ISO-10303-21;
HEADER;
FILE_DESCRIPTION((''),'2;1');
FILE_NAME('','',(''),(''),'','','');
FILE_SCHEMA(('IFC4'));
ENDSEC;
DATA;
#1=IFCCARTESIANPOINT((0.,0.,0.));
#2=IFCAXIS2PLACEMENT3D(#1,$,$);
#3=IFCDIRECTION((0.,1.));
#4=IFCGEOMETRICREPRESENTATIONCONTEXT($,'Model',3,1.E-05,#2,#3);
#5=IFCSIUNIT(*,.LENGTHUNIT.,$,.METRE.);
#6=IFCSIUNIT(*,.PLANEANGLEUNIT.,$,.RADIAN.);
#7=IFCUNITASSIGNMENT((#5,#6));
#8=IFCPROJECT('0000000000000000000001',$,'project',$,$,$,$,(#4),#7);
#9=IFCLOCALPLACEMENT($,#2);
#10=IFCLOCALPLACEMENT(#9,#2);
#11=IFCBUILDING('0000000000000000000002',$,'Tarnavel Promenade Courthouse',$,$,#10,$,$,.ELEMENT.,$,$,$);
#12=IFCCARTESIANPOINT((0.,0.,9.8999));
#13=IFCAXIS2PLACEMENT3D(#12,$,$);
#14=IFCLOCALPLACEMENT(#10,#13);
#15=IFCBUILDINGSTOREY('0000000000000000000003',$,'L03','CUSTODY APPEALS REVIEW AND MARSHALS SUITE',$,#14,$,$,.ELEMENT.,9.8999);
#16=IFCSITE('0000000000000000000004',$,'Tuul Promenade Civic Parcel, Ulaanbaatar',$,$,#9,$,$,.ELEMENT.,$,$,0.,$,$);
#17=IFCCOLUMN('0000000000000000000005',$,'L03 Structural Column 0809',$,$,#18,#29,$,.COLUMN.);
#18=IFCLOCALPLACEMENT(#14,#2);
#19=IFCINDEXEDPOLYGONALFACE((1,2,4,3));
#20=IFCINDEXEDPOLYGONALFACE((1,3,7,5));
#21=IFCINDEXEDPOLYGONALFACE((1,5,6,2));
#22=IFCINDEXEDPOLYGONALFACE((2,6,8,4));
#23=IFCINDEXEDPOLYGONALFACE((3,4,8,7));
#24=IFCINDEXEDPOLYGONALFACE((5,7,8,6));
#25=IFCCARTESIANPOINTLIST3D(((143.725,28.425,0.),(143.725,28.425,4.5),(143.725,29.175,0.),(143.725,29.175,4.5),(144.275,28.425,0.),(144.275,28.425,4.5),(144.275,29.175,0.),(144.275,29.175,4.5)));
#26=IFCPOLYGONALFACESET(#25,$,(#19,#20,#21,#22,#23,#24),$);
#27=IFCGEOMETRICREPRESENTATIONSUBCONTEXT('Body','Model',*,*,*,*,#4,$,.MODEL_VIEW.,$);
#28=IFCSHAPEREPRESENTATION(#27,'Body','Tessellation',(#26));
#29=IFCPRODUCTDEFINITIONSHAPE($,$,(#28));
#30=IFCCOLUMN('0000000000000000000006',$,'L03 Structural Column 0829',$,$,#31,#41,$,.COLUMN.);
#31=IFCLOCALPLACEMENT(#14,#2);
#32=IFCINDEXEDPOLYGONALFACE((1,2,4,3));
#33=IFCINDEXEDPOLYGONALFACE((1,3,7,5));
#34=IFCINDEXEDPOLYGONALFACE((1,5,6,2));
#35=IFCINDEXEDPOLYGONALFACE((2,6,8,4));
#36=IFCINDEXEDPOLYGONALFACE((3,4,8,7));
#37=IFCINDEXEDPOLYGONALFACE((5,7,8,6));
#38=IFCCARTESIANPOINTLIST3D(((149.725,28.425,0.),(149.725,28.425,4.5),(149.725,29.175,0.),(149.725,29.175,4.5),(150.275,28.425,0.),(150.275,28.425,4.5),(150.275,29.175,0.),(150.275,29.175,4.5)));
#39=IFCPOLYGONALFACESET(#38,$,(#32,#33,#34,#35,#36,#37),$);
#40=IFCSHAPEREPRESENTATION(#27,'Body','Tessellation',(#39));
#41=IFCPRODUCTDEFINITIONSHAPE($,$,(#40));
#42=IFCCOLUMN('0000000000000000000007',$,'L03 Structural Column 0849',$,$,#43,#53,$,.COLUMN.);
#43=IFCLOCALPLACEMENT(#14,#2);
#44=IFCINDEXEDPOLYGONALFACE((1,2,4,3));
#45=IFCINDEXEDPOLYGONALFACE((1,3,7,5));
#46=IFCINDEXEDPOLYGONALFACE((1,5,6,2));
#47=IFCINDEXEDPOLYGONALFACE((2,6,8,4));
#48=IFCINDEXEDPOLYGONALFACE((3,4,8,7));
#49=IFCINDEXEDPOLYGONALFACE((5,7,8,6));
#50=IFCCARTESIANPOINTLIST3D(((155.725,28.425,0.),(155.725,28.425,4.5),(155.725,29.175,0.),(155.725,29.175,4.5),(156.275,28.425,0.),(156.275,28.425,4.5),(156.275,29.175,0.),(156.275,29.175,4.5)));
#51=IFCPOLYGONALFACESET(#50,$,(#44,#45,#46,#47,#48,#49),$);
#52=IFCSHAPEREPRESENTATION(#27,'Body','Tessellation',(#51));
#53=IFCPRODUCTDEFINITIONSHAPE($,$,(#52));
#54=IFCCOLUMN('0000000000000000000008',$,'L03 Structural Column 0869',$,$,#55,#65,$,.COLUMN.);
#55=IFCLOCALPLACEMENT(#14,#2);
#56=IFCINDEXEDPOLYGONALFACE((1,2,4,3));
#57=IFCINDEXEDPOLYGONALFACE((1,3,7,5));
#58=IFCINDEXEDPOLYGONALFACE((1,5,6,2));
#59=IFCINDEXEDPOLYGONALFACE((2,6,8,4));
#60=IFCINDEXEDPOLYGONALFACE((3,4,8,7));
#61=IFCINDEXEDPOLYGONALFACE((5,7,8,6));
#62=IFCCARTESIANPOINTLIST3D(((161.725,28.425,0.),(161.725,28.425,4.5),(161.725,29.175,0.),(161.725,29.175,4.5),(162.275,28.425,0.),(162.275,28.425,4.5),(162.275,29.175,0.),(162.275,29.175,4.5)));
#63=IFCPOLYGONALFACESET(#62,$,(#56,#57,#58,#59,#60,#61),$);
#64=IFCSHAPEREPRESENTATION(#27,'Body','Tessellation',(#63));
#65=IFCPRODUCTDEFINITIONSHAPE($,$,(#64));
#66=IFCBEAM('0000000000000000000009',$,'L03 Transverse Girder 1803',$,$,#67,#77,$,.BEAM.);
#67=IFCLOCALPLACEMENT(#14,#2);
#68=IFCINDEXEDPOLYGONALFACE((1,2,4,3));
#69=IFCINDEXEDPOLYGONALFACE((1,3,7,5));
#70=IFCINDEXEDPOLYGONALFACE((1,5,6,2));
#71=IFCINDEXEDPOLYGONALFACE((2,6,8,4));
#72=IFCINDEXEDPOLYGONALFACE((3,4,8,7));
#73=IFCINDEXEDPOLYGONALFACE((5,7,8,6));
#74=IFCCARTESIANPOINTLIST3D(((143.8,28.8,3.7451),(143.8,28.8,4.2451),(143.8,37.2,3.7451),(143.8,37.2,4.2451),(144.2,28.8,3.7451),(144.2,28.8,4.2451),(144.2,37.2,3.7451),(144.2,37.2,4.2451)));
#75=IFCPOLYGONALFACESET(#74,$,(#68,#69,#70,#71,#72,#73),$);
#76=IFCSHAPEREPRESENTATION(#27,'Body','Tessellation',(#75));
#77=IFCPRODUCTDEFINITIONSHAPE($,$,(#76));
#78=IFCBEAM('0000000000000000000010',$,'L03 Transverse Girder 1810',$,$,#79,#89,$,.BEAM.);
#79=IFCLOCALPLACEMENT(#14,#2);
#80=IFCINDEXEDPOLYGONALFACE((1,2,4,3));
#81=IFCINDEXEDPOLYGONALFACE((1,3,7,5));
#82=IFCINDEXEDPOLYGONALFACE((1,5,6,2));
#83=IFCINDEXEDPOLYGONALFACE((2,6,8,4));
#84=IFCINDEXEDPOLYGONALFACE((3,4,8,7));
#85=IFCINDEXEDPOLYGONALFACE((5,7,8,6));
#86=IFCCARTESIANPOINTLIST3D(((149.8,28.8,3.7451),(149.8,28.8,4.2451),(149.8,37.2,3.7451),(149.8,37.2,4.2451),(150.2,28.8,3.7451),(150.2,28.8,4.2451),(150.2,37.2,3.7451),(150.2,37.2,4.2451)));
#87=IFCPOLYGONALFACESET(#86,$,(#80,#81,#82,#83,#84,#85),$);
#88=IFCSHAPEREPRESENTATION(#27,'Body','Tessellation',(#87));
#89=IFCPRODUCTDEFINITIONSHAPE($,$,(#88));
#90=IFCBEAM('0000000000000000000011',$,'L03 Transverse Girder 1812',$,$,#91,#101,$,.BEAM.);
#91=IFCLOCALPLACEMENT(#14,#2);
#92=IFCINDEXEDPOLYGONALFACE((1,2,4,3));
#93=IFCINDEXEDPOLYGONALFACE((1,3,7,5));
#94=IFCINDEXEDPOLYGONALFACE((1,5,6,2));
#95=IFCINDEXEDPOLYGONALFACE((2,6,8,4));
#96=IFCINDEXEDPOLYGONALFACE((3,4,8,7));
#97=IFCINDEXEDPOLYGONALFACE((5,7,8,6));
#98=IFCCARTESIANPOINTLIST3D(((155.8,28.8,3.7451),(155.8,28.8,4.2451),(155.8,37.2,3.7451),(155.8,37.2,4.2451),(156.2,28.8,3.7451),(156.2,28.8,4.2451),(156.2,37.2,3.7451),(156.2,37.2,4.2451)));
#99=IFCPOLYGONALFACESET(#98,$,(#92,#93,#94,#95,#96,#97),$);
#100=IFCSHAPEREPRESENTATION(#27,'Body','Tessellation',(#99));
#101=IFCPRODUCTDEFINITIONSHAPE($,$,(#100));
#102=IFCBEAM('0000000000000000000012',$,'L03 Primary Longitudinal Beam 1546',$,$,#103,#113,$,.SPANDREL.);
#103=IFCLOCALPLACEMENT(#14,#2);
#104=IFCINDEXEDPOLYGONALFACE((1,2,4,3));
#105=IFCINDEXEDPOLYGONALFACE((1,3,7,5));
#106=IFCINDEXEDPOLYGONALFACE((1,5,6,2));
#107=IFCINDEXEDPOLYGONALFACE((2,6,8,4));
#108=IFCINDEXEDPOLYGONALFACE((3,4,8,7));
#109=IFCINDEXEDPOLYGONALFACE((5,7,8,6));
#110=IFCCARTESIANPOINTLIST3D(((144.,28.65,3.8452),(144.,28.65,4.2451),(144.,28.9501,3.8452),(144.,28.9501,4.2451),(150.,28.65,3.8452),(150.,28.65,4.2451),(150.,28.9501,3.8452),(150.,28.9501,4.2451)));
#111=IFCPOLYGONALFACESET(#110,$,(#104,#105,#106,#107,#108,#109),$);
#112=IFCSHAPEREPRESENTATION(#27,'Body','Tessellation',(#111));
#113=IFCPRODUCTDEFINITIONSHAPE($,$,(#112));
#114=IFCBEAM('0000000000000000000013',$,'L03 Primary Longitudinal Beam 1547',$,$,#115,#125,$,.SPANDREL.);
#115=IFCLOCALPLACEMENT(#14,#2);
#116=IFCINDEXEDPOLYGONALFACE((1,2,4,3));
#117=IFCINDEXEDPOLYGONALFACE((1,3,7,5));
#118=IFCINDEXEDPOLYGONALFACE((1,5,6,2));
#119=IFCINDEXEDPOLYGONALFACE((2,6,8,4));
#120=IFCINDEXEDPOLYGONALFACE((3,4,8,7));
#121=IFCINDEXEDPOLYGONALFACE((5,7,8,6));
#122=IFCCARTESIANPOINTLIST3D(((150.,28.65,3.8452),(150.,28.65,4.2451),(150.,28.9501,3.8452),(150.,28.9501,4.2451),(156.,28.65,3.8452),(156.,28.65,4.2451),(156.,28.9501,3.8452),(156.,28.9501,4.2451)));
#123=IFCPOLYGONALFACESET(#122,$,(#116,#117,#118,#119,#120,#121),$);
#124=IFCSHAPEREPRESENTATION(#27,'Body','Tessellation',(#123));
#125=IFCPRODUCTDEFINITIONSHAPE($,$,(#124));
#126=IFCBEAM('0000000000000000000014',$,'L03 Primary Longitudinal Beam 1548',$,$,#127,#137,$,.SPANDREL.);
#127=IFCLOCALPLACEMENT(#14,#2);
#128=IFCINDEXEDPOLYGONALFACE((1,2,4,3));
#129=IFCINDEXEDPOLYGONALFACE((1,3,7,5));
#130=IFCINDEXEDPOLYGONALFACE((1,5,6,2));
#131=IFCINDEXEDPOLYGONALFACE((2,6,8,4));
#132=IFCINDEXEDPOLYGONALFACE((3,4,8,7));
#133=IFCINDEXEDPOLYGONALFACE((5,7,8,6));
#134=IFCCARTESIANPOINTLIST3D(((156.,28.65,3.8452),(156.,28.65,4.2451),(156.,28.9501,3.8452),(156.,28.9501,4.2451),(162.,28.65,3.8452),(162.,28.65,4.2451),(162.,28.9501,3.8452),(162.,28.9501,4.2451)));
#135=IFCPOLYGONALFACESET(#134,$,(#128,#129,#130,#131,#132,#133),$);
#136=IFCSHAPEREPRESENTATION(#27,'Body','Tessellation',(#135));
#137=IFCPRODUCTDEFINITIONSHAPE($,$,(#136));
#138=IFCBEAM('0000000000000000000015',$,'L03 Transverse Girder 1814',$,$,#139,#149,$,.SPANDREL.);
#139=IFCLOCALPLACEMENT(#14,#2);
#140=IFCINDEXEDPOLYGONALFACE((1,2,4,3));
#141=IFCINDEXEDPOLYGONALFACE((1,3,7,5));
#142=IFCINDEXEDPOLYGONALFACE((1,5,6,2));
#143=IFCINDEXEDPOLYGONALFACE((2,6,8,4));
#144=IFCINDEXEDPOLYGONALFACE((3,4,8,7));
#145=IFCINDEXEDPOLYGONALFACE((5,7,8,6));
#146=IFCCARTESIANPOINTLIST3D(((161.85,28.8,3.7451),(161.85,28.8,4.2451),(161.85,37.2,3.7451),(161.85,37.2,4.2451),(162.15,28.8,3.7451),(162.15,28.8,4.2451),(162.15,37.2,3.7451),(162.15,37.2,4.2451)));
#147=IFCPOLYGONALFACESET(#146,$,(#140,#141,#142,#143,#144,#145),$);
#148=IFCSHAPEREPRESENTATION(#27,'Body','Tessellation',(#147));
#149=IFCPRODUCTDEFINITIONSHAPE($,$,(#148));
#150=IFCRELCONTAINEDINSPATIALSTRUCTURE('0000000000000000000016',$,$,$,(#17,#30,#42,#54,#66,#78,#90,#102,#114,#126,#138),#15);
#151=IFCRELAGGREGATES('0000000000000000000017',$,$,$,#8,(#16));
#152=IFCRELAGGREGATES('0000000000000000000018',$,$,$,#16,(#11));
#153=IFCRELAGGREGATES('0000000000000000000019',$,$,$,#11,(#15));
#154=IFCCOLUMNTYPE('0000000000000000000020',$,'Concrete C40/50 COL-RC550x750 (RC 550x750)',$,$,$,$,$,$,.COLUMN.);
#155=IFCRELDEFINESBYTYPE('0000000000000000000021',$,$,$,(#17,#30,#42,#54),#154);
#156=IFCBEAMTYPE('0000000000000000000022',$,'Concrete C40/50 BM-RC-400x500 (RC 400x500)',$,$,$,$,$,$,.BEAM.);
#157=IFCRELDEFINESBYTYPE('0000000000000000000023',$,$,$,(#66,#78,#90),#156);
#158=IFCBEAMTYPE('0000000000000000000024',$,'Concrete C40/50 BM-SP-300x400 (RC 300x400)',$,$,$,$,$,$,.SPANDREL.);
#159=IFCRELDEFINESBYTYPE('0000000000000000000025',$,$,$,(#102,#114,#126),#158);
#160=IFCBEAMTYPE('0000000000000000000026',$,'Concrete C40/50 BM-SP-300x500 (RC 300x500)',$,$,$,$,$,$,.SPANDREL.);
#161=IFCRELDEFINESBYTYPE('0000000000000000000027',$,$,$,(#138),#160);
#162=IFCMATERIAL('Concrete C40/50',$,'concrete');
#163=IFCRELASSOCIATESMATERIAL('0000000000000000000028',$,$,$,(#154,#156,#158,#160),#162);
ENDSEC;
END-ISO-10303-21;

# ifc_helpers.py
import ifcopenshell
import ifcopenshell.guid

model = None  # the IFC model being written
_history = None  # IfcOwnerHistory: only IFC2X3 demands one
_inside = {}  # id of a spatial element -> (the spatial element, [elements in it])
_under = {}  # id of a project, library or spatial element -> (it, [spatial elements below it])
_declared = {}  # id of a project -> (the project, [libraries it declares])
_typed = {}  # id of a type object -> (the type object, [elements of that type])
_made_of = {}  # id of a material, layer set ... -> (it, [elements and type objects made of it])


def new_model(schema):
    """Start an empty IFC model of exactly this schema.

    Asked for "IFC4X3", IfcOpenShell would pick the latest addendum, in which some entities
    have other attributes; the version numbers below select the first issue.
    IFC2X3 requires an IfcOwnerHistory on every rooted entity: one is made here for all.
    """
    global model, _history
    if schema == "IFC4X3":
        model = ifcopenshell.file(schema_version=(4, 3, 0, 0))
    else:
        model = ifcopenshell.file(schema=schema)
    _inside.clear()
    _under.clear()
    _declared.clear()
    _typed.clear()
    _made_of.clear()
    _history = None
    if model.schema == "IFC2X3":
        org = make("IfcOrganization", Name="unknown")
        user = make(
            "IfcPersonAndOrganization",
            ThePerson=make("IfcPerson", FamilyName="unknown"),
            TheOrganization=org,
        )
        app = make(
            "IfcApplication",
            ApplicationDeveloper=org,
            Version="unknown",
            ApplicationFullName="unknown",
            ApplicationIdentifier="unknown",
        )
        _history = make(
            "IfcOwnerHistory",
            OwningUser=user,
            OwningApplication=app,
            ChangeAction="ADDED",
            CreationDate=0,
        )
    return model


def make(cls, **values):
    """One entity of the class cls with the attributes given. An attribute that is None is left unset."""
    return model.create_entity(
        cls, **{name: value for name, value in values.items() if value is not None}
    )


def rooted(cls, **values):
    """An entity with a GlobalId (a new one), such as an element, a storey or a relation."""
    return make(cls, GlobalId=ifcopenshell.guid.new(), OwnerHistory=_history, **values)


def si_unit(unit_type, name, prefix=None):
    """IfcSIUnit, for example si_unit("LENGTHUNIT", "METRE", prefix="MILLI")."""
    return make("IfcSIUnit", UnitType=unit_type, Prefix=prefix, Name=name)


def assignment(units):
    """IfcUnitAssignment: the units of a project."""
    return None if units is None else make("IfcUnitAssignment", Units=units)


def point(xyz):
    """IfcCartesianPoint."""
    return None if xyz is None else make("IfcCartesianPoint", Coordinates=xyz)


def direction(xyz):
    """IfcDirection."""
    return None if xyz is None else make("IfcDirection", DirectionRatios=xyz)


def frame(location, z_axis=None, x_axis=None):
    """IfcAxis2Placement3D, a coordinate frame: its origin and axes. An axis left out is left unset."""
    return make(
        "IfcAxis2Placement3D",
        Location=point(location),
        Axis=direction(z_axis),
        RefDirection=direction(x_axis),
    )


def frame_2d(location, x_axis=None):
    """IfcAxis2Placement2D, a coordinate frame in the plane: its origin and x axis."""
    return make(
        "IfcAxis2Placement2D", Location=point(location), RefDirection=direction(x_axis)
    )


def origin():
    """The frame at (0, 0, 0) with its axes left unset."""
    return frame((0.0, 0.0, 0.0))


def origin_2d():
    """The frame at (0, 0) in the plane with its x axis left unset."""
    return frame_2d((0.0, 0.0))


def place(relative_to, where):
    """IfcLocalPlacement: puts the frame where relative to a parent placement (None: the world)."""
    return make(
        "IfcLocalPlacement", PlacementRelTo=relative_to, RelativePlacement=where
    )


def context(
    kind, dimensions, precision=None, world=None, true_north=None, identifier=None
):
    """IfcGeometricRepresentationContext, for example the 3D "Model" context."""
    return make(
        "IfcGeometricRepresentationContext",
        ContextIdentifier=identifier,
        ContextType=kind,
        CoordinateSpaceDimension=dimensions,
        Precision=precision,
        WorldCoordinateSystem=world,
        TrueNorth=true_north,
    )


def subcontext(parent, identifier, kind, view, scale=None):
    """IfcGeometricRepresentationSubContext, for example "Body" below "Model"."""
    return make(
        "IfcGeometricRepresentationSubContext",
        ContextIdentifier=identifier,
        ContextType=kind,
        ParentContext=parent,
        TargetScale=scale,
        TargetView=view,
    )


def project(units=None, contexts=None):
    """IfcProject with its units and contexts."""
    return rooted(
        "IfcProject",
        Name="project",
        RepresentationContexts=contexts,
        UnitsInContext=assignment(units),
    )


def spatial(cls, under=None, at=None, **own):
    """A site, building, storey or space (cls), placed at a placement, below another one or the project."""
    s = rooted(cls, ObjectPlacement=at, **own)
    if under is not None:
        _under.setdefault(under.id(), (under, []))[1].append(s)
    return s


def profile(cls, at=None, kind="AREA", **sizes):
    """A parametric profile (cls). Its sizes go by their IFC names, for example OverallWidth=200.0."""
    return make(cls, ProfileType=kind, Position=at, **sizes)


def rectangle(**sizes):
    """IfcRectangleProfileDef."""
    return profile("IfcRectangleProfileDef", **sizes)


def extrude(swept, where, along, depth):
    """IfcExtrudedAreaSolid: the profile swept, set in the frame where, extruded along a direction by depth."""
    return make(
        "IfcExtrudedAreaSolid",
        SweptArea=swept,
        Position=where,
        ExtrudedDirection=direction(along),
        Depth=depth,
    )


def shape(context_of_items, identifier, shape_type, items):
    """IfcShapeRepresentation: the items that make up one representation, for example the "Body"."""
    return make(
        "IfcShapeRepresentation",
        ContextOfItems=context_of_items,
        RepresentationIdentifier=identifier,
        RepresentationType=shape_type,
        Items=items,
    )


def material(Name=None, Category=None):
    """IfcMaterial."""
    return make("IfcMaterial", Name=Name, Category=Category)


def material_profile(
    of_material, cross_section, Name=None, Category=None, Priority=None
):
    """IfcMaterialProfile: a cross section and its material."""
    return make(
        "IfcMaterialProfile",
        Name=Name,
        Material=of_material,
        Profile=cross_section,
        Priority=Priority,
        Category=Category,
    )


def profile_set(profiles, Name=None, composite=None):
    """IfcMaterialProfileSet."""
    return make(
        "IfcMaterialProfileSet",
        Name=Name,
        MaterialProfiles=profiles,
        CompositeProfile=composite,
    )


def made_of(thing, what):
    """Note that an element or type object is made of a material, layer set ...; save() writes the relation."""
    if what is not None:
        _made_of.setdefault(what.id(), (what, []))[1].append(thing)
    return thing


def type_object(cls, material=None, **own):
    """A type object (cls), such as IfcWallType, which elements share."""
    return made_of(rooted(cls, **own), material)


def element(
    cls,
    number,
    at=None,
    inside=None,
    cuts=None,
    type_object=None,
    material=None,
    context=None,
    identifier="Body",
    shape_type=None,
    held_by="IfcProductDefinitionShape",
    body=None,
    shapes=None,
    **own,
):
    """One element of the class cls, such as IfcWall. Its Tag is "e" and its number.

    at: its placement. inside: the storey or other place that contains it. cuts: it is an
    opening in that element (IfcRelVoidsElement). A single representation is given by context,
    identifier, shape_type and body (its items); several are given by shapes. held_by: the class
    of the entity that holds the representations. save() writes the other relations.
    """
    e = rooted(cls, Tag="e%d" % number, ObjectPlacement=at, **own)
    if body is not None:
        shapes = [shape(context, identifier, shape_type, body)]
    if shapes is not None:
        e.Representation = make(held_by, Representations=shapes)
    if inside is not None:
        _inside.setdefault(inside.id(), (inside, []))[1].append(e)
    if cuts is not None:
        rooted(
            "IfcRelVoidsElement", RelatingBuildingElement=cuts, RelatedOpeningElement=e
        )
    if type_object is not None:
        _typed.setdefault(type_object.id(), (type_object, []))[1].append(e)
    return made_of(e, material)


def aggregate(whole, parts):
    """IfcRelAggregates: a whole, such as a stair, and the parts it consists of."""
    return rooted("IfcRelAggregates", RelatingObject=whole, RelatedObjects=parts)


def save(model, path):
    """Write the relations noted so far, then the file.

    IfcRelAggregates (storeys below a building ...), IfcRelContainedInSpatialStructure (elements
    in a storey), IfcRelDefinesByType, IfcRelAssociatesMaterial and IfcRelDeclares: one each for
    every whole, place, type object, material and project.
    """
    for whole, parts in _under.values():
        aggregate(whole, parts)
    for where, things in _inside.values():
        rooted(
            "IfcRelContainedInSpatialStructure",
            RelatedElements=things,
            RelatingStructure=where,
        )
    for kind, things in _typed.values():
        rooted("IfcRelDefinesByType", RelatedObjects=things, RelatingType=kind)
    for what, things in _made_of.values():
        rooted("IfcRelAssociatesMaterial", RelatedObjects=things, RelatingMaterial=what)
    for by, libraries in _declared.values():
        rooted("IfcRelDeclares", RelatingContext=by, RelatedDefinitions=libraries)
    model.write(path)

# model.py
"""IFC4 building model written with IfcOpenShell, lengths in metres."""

from ifc_helpers import new_model, si_unit, direction, frame, origin, origin_2d, place, context, subcontext, project, spatial, rectangle, extrude, material, material_profile, profile_set, type_object, element, save


model = new_model("IFC4")

# Units and contexts
model_context = context("Model", 3, precision=1e-05, world=origin(), true_north=direction((0.0, 1.0)))
body_context = subcontext(model_context, "Body", "Model", "MODEL_VIEW")
ifc_project = project(units=[si_unit("LENGTHUNIT", "METRE"), si_unit("PLANEANGLEUNIT", "RADIAN")], contexts=[model_context])

# Site, building, storey
site_placement = place(None, origin())
site = spatial("IfcSite", under=ifc_project, at=site_placement, Name="Tuul Promenade Civic Parcel, Ulaanbaatar", CompositionType="ELEMENT", RefElevation=0.0)
building_placement = place(site_placement, origin())
building = spatial("IfcBuilding", under=site, at=building_placement, Name="Tarnavel Promenade Courthouse", CompositionType="ELEMENT")
storey_placement = place(building_placement, frame((0.0, 0.0, 9.8999)))
storey = spatial("IfcBuildingStorey", under=building, at=storey_placement, Name="L03", Description="CUSTODY APPEALS REVIEW AND MARSHALS SUITE", CompositionType="ELEMENT", Elevation=9.8999)

# Columns
ifc_material_1 = material(Name="Concrete C40/50", Category="concrete")
ifc_material_profile_1 = material_profile(ifc_material_1, rectangle(XDim=0.55, YDim=0.75, at=origin_2d()), Name="RC 550x750")
ifc_profile_set_1 = profile_set([ifc_material_profile_1], Name="Concrete C40/50")
column_type = type_object("IfcColumnType", Name="Concrete C40/50 COL-RC550x750 (RC 550x750)", PredefinedType="COLUMN", material=ifc_profile_set_1)
for number, where, z_axis, x_axis, name in (
    (1, (144.0, 28.8, 0.0), (0.0, 0.0, 1.0), (1.0, 0.0, 0.0), "L03 Structural Column 0809"),
    (2, (150.0, 28.8, 0.0), (0.0, 0.0, 1.0), (1.0, 0.0, 0.0), "L03 Structural Column 0829"),
    (3, (156.0, 28.8, 0.0), (0.0, 0.0, 1.0), (1.0, 0.0, 0.0), "L03 Structural Column 0849"),
    (4, (162.0, 28.8, 0.0), (0.0, 0.0, 1.0), (1.0, 0.0, 0.0), "L03 Structural Column 0869"),
):
    element("IfcColumn", number, at=place(storey_placement, frame(where, z_axis=z_axis, x_axis=x_axis)), inside=storey, type_object=column_type, Name=name, PredefinedType="COLUMN", context=body_context, shape_type="SweptSolid", body=[
        extrude(rectangle(XDim=0.55, YDim=0.75, at=origin_2d()), origin(), (0.0, 0.0, 1.0), 4.5),
    ])

# Beams
ifc_material_profile_2 = material_profile(ifc_material_1, rectangle(XDim=0.3999, YDim=0.5, at=origin_2d()), Name="RC 400x500")
ifc_profile_set_2 = profile_set([ifc_material_profile_2], Name="Concrete C40/50")
beam_type_1 = type_object("IfcBeamType", Name="Concrete C40/50 BM-RC-400x500 (RC 400x500)", PredefinedType="BEAM", material=ifc_profile_set_2)
for number, where, z_axis, x_axis, name in (
    (5, (144.0, 28.8, 3.9951), (0.0, 1.0, 0.0), (-1.0, 0.0, 0.0), "L03 Transverse Girder 1803"),
    (6, (150.0, 28.8, 3.9951), (0.0, 1.0, 0.0), (-1.0, 0.0, 0.0), "L03 Transverse Girder 1810"),
    (7, (156.0, 28.8, 3.9951), (0.0, 1.0, 0.0), (-1.0, 0.0, 0.0), "L03 Transverse Girder 1812"),
):
    element("IfcBeam", number, at=place(storey_placement, frame(where, z_axis=z_axis, x_axis=x_axis)), inside=storey, type_object=beam_type_1, Name=name, PredefinedType="BEAM", context=body_context, shape_type="SweptSolid", body=[
        extrude(rectangle(XDim=0.3999, YDim=0.5, at=origin_2d()), origin(), (0.0, 0.0, 1.0), 8.3999),
    ])
ifc_material_profile_3 = material_profile(ifc_material_1, rectangle(XDim=0.3, YDim=0.3999, at=origin_2d()), Name="RC 300x400")
ifc_profile_set_3 = profile_set([ifc_material_profile_3], Name="Concrete C40/50")
beam_type_2 = type_object("IfcBeamType", Name="Concrete C40/50 BM-SP-300x400 (RC 300x400)", PredefinedType="SPANDREL", material=ifc_profile_set_3)
for number, where, z_axis, x_axis, name in (
    (8, (144.0, 28.8, 4.0452), (1.0, 0.0, 0.0), (0.0, 1.0, 0.0), "L03 Primary Longitudinal Beam 1546"),
    (9, (150.0, 28.8, 4.0452), (1.0, 0.0, 0.0), (0.0, 1.0, 0.0), "L03 Primary Longitudinal Beam 1547"),
    (10, (156.0, 28.8, 4.0452), (1.0, 0.0, 0.0), (0.0, 1.0, 0.0), "L03 Primary Longitudinal Beam 1548"),
):
    element("IfcBeam", number, at=place(storey_placement, frame(where, z_axis=z_axis, x_axis=x_axis)), inside=storey, type_object=beam_type_2, Name=name, PredefinedType="SPANDREL", context=body_context, shape_type="SweptSolid", body=[
        extrude(rectangle(XDim=0.3, YDim=0.3999, at=origin_2d()), origin(), (0.0, 0.0, 1.0), 6.0),
    ])
ifc_material_profile_4 = material_profile(ifc_material_1, rectangle(XDim=0.3, YDim=0.5, at=origin_2d()), Name="RC 300x500")
ifc_profile_set_4 = profile_set([ifc_material_profile_4], Name="Concrete C40/50")
beam_type_3 = type_object("IfcBeamType", Name="Concrete C40/50 BM-SP-300x500 (RC 300x500)", PredefinedType="SPANDREL", material=ifc_profile_set_4)
beam_placement = place(storey_placement, frame((162.0, 28.8, 3.9951), z_axis=(0.0, 1.0, 0.0), x_axis=(-1.0, 0.0, 0.0)))
element("IfcBeam", 11, at=beam_placement, inside=storey, type_object=beam_type_3, Name="L03 Transverse Girder 1814", PredefinedType="SPANDREL", context=body_context, shape_type="SweptSolid", body=[
    extrude(rectangle(XDim=0.3, YDim=0.5, at=origin_2d()), origin(), (0.0, 0.0, 1.0), 8.3999),
])

save(model, "model.ifc")
